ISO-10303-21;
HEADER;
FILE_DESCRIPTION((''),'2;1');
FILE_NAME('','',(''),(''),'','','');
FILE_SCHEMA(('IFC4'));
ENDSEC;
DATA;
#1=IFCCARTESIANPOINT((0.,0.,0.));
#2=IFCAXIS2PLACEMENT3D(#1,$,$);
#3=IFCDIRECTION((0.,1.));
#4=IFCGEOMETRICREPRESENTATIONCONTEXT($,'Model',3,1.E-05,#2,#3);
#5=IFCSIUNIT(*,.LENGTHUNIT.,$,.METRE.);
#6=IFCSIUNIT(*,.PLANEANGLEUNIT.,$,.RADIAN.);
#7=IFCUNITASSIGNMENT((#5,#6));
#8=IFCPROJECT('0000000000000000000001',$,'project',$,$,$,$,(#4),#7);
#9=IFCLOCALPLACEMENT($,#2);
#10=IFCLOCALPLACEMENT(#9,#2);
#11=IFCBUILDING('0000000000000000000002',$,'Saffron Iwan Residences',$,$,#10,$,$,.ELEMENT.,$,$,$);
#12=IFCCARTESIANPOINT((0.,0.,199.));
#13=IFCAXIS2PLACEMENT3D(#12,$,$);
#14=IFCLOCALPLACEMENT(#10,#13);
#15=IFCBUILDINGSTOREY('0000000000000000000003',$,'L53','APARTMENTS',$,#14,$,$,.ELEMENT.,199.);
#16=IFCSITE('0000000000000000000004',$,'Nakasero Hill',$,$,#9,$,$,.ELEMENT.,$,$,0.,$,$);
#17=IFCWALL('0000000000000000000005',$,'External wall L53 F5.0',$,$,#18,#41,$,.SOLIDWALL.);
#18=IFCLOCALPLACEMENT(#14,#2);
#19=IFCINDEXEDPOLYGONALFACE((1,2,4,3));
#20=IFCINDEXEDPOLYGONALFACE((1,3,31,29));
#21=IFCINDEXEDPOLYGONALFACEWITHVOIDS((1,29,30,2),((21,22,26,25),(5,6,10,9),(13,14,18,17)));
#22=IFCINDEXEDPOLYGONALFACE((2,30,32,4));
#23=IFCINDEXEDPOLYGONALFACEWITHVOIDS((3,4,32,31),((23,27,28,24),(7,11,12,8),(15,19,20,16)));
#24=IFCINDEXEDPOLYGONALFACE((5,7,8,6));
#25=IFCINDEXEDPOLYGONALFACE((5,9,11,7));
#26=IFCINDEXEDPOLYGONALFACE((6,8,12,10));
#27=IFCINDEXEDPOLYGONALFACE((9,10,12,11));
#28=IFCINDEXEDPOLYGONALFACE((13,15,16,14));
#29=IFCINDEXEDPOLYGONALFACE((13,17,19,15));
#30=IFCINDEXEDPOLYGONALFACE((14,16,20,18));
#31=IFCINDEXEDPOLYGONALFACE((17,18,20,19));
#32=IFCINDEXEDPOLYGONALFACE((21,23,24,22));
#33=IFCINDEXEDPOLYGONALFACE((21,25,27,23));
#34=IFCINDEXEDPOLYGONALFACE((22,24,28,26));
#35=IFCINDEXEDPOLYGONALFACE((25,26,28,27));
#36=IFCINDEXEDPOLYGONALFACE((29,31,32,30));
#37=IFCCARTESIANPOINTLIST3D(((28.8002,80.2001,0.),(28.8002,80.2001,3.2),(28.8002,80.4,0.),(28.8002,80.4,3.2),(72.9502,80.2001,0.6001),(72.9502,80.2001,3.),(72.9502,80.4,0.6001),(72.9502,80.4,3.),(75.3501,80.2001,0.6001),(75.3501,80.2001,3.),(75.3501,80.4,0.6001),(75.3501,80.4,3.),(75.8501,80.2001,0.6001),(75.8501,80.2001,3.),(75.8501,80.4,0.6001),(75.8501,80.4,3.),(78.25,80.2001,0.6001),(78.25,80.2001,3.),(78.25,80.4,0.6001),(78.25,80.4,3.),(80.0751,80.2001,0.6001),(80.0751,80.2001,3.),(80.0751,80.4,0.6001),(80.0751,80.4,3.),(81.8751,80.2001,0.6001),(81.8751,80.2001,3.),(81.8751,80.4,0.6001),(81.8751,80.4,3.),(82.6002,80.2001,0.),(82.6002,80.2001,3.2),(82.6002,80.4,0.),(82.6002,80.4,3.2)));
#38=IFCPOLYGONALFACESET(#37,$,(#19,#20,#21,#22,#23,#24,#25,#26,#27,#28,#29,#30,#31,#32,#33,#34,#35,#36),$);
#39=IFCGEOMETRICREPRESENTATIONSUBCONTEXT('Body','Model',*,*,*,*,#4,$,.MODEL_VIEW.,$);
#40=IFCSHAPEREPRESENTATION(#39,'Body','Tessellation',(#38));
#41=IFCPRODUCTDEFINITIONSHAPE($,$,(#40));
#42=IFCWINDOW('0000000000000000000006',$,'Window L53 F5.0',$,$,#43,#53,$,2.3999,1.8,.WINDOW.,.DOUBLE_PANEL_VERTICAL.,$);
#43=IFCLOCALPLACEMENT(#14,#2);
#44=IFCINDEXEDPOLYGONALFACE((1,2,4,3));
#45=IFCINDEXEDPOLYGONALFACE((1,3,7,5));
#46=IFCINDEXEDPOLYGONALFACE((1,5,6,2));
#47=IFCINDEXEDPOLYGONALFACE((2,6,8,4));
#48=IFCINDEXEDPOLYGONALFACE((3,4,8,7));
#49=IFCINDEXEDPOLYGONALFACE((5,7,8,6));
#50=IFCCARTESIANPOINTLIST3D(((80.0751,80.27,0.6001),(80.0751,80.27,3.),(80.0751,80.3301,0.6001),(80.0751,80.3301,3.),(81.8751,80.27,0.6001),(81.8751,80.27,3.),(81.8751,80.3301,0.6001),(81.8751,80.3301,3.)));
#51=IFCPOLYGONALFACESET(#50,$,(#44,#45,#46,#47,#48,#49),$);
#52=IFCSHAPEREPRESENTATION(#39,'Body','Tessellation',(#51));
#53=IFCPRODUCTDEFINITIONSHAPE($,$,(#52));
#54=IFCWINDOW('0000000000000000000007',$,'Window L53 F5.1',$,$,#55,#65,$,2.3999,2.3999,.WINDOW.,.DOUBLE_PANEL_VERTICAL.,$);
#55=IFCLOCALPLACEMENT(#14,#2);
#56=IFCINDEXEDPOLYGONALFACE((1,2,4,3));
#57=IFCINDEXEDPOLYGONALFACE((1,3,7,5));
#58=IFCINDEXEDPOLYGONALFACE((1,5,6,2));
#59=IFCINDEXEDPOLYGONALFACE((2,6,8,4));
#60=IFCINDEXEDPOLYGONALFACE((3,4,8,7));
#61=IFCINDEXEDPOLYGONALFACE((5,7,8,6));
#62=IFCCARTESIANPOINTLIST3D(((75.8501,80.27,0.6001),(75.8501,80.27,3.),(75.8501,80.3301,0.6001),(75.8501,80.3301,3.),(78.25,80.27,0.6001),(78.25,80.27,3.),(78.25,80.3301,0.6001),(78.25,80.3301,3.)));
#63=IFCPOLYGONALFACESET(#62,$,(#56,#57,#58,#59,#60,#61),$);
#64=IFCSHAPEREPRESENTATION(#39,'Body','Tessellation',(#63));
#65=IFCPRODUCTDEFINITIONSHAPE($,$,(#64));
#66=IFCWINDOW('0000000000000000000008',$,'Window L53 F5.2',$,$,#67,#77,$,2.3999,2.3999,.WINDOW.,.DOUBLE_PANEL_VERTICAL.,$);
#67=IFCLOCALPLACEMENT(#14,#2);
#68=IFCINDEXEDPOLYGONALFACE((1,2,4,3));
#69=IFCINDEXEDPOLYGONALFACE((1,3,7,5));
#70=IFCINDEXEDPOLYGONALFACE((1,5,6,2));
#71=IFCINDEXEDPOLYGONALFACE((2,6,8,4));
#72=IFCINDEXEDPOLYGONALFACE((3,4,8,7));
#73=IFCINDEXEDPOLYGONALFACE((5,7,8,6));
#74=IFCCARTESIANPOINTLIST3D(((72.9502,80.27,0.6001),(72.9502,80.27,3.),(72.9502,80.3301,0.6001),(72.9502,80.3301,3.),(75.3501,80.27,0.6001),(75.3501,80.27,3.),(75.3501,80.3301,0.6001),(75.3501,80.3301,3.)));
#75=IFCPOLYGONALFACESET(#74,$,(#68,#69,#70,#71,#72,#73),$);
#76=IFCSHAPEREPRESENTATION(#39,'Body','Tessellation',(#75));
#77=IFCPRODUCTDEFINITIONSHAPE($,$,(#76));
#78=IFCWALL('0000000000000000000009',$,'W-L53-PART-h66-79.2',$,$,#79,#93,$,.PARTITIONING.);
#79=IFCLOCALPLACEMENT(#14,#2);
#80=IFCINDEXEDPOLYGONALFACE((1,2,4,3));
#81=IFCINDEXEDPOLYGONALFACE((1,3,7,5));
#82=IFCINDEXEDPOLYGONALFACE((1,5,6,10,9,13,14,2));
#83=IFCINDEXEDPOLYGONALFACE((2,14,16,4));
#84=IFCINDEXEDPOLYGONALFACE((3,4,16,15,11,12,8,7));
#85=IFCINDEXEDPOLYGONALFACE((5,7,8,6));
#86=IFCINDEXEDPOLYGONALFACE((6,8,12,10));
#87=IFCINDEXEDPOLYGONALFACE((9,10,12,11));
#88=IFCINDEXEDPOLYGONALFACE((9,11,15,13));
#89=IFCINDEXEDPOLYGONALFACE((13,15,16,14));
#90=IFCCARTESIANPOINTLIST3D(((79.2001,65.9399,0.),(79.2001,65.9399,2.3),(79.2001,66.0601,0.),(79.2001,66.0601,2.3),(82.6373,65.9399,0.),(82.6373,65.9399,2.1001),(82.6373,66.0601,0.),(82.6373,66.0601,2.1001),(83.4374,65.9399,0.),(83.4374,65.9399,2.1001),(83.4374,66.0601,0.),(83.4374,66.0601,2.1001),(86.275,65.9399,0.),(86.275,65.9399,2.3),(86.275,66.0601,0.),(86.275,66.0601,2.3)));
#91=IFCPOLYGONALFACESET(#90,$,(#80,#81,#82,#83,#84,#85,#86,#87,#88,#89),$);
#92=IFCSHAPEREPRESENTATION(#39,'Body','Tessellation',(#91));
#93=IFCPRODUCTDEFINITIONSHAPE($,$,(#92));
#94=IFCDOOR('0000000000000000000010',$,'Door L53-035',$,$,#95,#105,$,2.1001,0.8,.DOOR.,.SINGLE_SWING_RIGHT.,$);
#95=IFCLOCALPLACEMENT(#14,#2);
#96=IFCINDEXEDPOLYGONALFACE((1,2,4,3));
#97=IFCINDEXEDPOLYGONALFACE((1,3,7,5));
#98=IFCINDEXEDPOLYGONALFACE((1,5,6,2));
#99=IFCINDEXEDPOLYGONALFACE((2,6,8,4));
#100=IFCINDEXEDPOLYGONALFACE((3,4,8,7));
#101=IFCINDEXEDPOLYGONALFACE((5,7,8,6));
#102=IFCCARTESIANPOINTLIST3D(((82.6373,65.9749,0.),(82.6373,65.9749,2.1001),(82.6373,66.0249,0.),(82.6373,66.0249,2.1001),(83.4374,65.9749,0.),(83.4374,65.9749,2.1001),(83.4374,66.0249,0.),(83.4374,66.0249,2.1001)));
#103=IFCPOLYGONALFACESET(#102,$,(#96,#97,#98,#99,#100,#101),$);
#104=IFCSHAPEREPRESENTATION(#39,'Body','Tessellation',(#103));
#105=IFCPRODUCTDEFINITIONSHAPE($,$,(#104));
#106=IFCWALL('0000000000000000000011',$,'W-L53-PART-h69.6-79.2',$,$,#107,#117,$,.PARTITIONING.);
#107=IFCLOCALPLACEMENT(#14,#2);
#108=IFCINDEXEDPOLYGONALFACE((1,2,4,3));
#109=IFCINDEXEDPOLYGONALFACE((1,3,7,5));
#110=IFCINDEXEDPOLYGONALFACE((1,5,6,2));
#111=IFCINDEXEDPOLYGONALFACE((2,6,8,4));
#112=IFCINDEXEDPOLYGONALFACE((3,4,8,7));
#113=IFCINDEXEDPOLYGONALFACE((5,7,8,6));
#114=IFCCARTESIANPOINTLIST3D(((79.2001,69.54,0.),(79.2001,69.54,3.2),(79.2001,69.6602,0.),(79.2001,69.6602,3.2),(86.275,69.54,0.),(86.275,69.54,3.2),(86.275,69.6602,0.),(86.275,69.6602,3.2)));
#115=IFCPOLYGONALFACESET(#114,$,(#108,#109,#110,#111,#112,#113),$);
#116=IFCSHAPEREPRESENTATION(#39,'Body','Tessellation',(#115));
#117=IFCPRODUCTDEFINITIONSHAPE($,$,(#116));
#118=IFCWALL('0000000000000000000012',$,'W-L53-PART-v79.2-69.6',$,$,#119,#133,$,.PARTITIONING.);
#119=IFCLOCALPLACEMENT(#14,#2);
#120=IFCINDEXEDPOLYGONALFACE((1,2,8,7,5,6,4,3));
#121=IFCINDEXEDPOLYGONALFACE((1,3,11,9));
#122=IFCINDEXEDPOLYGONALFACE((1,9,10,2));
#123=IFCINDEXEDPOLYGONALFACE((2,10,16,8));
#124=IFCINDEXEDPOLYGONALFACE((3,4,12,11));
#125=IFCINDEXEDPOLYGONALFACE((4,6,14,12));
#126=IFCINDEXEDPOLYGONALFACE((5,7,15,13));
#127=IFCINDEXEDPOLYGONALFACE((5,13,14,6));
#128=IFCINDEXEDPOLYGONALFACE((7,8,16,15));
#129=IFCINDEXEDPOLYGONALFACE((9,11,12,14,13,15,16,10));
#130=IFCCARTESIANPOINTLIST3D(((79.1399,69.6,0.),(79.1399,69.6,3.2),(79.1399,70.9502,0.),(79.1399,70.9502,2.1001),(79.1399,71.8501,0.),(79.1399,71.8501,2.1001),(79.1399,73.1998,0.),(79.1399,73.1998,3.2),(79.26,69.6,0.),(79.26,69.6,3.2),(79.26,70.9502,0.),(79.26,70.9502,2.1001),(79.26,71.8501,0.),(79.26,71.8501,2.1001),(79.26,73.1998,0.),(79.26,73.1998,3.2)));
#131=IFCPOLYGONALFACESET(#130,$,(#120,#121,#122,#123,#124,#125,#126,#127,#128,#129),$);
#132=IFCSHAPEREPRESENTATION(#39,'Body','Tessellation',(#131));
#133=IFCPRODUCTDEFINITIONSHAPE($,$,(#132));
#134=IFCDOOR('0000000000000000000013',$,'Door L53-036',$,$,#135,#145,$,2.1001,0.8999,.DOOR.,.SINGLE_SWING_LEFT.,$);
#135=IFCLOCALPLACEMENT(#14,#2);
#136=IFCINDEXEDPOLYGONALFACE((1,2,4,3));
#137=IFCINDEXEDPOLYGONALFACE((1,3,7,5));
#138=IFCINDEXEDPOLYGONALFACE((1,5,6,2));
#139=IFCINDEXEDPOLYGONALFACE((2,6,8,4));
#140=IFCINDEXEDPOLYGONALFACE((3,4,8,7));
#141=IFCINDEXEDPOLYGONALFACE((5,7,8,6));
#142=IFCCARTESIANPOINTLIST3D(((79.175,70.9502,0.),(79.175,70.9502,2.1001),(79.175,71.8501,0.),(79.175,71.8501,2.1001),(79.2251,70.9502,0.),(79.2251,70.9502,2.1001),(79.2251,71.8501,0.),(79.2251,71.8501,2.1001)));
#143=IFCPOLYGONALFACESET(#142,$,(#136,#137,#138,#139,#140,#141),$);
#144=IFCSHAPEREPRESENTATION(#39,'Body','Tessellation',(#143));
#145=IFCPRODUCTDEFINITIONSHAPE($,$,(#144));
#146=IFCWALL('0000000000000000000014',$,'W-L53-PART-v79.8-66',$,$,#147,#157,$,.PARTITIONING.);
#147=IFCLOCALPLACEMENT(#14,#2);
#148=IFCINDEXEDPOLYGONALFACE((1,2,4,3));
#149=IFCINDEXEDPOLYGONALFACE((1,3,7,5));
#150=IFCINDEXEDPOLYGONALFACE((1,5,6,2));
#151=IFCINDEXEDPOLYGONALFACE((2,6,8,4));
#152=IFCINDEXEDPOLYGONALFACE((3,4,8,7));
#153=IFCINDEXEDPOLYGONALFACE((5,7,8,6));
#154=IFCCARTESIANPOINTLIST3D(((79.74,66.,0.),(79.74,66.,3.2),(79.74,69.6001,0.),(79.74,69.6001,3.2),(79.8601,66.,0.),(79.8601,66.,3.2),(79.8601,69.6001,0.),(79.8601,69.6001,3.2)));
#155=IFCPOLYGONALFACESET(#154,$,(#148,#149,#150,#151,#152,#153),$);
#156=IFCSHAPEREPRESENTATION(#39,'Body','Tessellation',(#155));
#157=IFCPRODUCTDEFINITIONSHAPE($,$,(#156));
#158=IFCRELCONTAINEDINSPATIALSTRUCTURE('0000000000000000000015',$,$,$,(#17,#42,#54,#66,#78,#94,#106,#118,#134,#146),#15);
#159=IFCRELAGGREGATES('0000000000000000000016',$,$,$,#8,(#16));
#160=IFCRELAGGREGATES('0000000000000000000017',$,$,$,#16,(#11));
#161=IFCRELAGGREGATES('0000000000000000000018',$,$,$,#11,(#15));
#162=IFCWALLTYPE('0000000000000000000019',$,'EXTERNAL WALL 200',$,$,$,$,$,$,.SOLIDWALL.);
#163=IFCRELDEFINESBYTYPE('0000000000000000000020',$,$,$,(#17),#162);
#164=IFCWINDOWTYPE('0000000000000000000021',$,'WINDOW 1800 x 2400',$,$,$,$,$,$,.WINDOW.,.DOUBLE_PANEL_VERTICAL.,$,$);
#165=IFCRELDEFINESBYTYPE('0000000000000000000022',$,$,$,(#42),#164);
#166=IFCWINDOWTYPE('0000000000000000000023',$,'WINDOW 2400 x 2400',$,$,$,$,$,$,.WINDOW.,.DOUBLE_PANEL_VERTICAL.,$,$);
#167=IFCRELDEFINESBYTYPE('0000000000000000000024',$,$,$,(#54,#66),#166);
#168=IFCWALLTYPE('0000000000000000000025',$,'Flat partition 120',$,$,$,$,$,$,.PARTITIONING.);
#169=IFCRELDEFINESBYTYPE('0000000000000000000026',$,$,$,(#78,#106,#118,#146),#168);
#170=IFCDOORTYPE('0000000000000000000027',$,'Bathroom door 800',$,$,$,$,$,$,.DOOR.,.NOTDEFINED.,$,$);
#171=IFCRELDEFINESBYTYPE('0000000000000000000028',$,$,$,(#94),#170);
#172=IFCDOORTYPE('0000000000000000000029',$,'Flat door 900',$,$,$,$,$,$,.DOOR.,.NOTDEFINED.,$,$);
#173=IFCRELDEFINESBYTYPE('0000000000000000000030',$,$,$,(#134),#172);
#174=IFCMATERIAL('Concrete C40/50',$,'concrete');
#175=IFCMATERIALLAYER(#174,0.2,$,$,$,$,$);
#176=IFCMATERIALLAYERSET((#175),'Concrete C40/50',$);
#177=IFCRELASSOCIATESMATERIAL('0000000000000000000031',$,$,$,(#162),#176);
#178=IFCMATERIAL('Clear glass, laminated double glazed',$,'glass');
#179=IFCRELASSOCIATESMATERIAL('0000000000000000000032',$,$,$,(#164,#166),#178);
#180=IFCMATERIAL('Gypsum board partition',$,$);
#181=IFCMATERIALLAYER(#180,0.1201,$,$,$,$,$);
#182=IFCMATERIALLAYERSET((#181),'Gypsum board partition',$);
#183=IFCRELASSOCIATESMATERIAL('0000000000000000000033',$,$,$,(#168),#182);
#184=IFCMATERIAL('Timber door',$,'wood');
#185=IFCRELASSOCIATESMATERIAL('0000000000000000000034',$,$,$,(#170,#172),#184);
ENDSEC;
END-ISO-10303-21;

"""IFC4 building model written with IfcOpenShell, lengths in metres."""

from ifc_helpers import new_model, si_unit, direction, frame, frame_2d, origin, place, context, subcontext, project, spatial, rectangle, extrude, material, layer, layer_set, type_object, element, fill, save


model = new_model("IFC4")

# Units and contexts
model_context = context("Model", 3, precision=1e-05, world=origin(), true_north=direction((0.0, 1.0)))
body_context = subcontext(model_context, "Body", "Model", "MODEL_VIEW")
ifc_project = project(units=[si_unit("LENGTHUNIT", "METRE"), si_unit("PLANEANGLEUNIT", "RADIAN")], contexts=[model_context])

# Site, building, storey
site_placement = place(None, origin())
site = spatial("IfcSite", under=ifc_project, at=site_placement, Name="Nakasero Hill", CompositionType="ELEMENT", RefElevation=0.0)
building_placement = place(site_placement, origin())
building = spatial("IfcBuilding", under=site, at=building_placement, Name="Saffron Iwan Residences", CompositionType="ELEMENT")
storey_placement = place(building_placement, frame((0.0, 0.0, 199.0)))
storey = spatial("IfcBuildingStorey", under=building, at=storey_placement, Name="L53", Description="APARTMENTS", CompositionType="ELEMENT", Elevation=199.0)

# Shared definitions
ifc_material_1 = material(Name="Concrete C40/50", Category="concrete")
ifc_layer_1 = layer(ifc_material_1, 0.2)
ifc_layer_set_1 = layer_set([ifc_layer_1], Name="Concrete C40/50")
wall_type_1 = type_object("IfcWallType", Name="EXTERNAL WALL 200", PredefinedType="SOLIDWALL", material=ifc_layer_set_1)
ifc_material_2 = material(Name="Clear glass, laminated double glazed", Category="glass")
window_type_1 = type_object("IfcWindowType", Name="WINDOW 1800 x 2400", PartitioningType="DOUBLE_PANEL_VERTICAL", PredefinedType="WINDOW", material=ifc_material_2)
window_type_2 = type_object("IfcWindowType", Name="WINDOW 2400 x 2400", PartitioningType="DOUBLE_PANEL_VERTICAL", PredefinedType="WINDOW", material=ifc_material_2)

# Wall, openings, windows
wall_1_placement = place(storey_placement, frame((82.6001, 80.3, 0.0), z_axis=(0.0, 0.0, 1.0), x_axis=(-1.0, 0.0, 0.0)))
wall_1 = element("IfcWall", 1, at=wall_1_placement, inside=storey, type_object=wall_type_1, Name="External wall L53 F5.0", PredefinedType="SOLIDWALL", context=body_context, shape_type="SweptSolid", body=[
    extrude(rectangle(XDim=53.8, YDim=0.2, at=frame_2d((26.8999, 0.0))), origin(), (0.0, 0.0, 1.0), 3.2),
])
opening_1_placement = place(wall_1_placement, frame((0.7251, 0.0, 0.6001)))
opening_1 = element("IfcOpeningElement", 2, at=opening_1_placement, cuts=wall_1, PredefinedType="OPENING", context=body_context, shape_type="SweptSolid", body=[
    extrude(rectangle(XDim=1.8, YDim=2.3999, at=frame_2d((0.8999, 1.2))), frame((0.0, 0.1099, 0.0), z_axis=(0.0, -1.0, 0.0), x_axis=(1.0, 0.0, 0.0)), (0.0, 0.0, 1.0), 0.22),
])
opening_2_placement = place(wall_1_placement, frame((4.3501, 0.0, 0.6001)))
opening_2 = element("IfcOpeningElement", 3, at=opening_2_placement, cuts=wall_1, PredefinedType="OPENING", context=body_context, shape_type="SweptSolid", body=[
    extrude(rectangle(XDim=2.3999, YDim=2.3999, at=frame_2d((1.2, 1.2))), frame((0.0, 0.1099, 0.0), z_axis=(0.0, -1.0, 0.0), x_axis=(1.0, 0.0, 0.0)), (0.0, 0.0, 1.0), 0.22),
])
opening_3_placement = place(wall_1_placement, frame((7.25, 0.0, 0.6001)))
opening_3 = element("IfcOpeningElement", 4, at=opening_3_placement, cuts=wall_1, PredefinedType="OPENING", context=body_context, shape_type="SweptSolid", body=[
    extrude(rectangle(XDim=2.3999, YDim=2.3999, at=frame_2d((1.2, 1.2))), frame((0.0, 0.1099, 0.0), z_axis=(0.0, -1.0, 0.0), x_axis=(1.0, 0.0, 0.0)), (0.0, 0.0, 1.0), 0.22),
])
window_1_placement = place(opening_1_placement, origin())
window_1 = element("IfcWindow", 5, at=window_1_placement, inside=storey, type_object=window_type_1, Name="Window L53 F5.0", OverallHeight=2.3999, OverallWidth=1.8, PartitioningType="DOUBLE_PANEL_VERTICAL", PredefinedType="WINDOW", context=body_context, shape_type="SweptSolid", body=[
    extrude(rectangle(XDim=1.8, YDim=2.3999, at=frame_2d((0.8999, 1.2))), frame((0.0, 0.03, 0.0), z_axis=(0.0, -1.0, 0.0), x_axis=(1.0, 0.0, 0.0)), (0.0, 0.0, 1.0), 0.0601),
])
fill(opening_1, window_1)
window_2_placement = place(opening_2_placement, origin())
window_2 = element("IfcWindow", 6, at=window_2_placement, inside=storey, type_object=window_type_2, Name="Window L53 F5.1", OverallHeight=2.3999, OverallWidth=2.3999, PartitioningType="DOUBLE_PANEL_VERTICAL", PredefinedType="WINDOW", context=body_context, shape_type="SweptSolid", body=[
    extrude(rectangle(XDim=2.3999, YDim=2.3999, at=frame_2d((1.2, 1.2))), frame((0.0, 0.03, 0.0), z_axis=(0.0, -1.0, 0.0), x_axis=(1.0, 0.0, 0.0)), (0.0, 0.0, 1.0), 0.0601),
])
fill(opening_2, window_2)
window_3_placement = place(opening_3_placement, origin())
window_3 = element("IfcWindow", 7, at=window_3_placement, inside=storey, type_object=window_type_2, Name="Window L53 F5.2", OverallHeight=2.3999, OverallWidth=2.3999, PartitioningType="DOUBLE_PANEL_VERTICAL", PredefinedType="WINDOW", context=body_context, shape_type="SweptSolid", body=[
    extrude(rectangle(XDim=2.3999, YDim=2.3999, at=frame_2d((1.2, 1.2))), frame((0.0, 0.03, 0.0), z_axis=(0.0, -1.0, 0.0), x_axis=(1.0, 0.0, 0.0)), (0.0, 0.0, 1.0), 0.0601),
])
fill(opening_3, window_3)

# Wall, opening, door
ifc_material_3 = material(Name="Gypsum board partition")
ifc_layer_2 = layer(ifc_material_3, 0.1201)
ifc_layer_set_2 = layer_set([ifc_layer_2], Name="Gypsum board partition")
wall_type_2 = type_object("IfcWallType", Name="Flat partition 120", PredefinedType="PARTITIONING", material=ifc_layer_set_2)
wall_2_placement = place(storey_placement, frame((79.2, 66.0, 0.0), z_axis=(0.0, 0.0, 1.0), x_axis=(1.0, 0.0, 0.0)))
wall_2 = element("IfcWall", 8, at=wall_2_placement, inside=storey, type_object=wall_type_2, Name="W-L53-PART-h66-79.2", PredefinedType="PARTITIONING", context=body_context, shape_type="SweptSolid", body=[
    extrude(rectangle(XDim=7.075, YDim=0.1201, at=frame_2d((3.5376, 0.0))), origin(), (0.0, 0.0, 1.0), 2.3),
])
opening_4_placement = place(wall_2_placement, frame((3.4375, 0.0, 0.0)))
opening_4 = element("IfcOpeningElement", 9, at=opening_4_placement, cuts=wall_2, PredefinedType="OPENING", context=body_context, shape_type="SweptSolid", body=[
    extrude(rectangle(XDim=0.8, YDim=2.1001, at=frame_2d((0.3999, 1.05))), frame((0.0, 0.0701, 0.0), z_axis=(0.0, -1.0, 0.0), x_axis=(1.0, 0.0, 0.0)), (0.0, 0.0, 1.0), 0.1401),
])
ifc_material_4 = material(Name="Timber door", Category="wood")
door_type_1 = type_object("IfcDoorType", Name="Bathroom door 800", OperationType="NOTDEFINED", PredefinedType="DOOR", material=ifc_material_4)
door_1_placement = place(opening_4_placement, origin())
door_1 = element("IfcDoor", 10, at=door_1_placement, inside=storey, type_object=door_type_1, Name="Door L53-035", OperationType="SINGLE_SWING_RIGHT", OverallHeight=2.1001, OverallWidth=0.8, PredefinedType="DOOR", context=body_context, shape_type="SweptSolid", body=[
    extrude(rectangle(XDim=0.8, YDim=2.1001, at=frame_2d((0.3999, 1.05))), frame((0.0, 0.0249, 0.0), z_axis=(0.0, -1.0, 0.0), x_axis=(1.0, 0.0, 0.0)), (0.0, 0.0, 1.0), 0.05),
])
fill(opening_4, door_1)

# Wall
wall_3_placement = place(storey_placement, frame((79.2, 69.6001, 0.0), z_axis=(0.0, 0.0, 1.0), x_axis=(1.0, 0.0, 0.0)))
element("IfcWall", 11, at=wall_3_placement, inside=storey, type_object=wall_type_2, Name="W-L53-PART-h69.6-79.2", PredefinedType="PARTITIONING", context=body_context, shape_type="SweptSolid", body=[
    extrude(rectangle(XDim=7.075, YDim=0.1201, at=frame_2d((3.5376, 0.0))), origin(), (0.0, 0.0, 1.0), 3.2),
])

# Wall, opening, door
wall_4_placement = place(storey_placement, frame((79.2, 69.6001, 0.0), z_axis=(0.0, 0.0, 1.0), x_axis=(0.0, 1.0, 0.0)))
wall_4 = element("IfcWall", 12, at=wall_4_placement, inside=storey, type_object=wall_type_2, Name="W-L53-PART-v79.2-69.6", PredefinedType="PARTITIONING", context=body_context, shape_type="SweptSolid", body=[
    extrude(rectangle(XDim=3.5999, YDim=0.1201, at=frame_2d((1.7998, 0.0))), origin(), (0.0, 0.0, 1.0), 3.2),
])
opening_5_placement = place(wall_4_placement, frame((1.3501, 0.0, 0.0)))
opening_5 = element("IfcOpeningElement", 13, at=opening_5_placement, cuts=wall_4, PredefinedType="OPENING", context=body_context, shape_type="SweptSolid", body=[
    extrude(rectangle(XDim=0.8999, YDim=2.1001, at=frame_2d((0.45, 1.05))), frame((0.0, 0.0701, 0.0), z_axis=(0.0, -1.0, 0.0), x_axis=(1.0, 0.0, 0.0)), (0.0, 0.0, 1.0), 0.1401),
])
door_type_2 = type_object("IfcDoorType", Name="Flat door 900", OperationType="NOTDEFINED", PredefinedType="DOOR", material=ifc_material_4)
door_2_placement = place(opening_5_placement, origin())
door_2 = element("IfcDoor", 14, at=door_2_placement, inside=storey, type_object=door_type_2, Name="Door L53-036", OperationType="SINGLE_SWING_LEFT", OverallHeight=2.1001, OverallWidth=0.8999, PredefinedType="DOOR", context=body_context, shape_type="SweptSolid", body=[
    extrude(rectangle(XDim=0.8999, YDim=2.1001, at=frame_2d((0.45, 1.05))), frame((0.0, 0.0249, 0.0), z_axis=(0.0, -1.0, 0.0), x_axis=(1.0, 0.0, 0.0)), (0.0, 0.0, 1.0), 0.05),
])
fill(opening_5, door_2)

# Wall
wall_5_placement = place(storey_placement, frame((79.8, 66.0, 0.0), z_axis=(0.0, 0.0, 1.0), x_axis=(0.0, 1.0, 0.0)))
element("IfcWall", 15, at=wall_5_placement, inside=storey, type_object=wall_type_2, Name="W-L53-PART-v79.8-66", PredefinedType="PARTITIONING", context=body_context, shape_type="SweptSolid", body=[
    extrude(rectangle(XDim=3.6001, YDim=0.1201, at=frame_2d((1.8, 0.0))), origin(), (0.0, 0.0, 1.0), 3.2),
])

save(model, "model.ifc")
